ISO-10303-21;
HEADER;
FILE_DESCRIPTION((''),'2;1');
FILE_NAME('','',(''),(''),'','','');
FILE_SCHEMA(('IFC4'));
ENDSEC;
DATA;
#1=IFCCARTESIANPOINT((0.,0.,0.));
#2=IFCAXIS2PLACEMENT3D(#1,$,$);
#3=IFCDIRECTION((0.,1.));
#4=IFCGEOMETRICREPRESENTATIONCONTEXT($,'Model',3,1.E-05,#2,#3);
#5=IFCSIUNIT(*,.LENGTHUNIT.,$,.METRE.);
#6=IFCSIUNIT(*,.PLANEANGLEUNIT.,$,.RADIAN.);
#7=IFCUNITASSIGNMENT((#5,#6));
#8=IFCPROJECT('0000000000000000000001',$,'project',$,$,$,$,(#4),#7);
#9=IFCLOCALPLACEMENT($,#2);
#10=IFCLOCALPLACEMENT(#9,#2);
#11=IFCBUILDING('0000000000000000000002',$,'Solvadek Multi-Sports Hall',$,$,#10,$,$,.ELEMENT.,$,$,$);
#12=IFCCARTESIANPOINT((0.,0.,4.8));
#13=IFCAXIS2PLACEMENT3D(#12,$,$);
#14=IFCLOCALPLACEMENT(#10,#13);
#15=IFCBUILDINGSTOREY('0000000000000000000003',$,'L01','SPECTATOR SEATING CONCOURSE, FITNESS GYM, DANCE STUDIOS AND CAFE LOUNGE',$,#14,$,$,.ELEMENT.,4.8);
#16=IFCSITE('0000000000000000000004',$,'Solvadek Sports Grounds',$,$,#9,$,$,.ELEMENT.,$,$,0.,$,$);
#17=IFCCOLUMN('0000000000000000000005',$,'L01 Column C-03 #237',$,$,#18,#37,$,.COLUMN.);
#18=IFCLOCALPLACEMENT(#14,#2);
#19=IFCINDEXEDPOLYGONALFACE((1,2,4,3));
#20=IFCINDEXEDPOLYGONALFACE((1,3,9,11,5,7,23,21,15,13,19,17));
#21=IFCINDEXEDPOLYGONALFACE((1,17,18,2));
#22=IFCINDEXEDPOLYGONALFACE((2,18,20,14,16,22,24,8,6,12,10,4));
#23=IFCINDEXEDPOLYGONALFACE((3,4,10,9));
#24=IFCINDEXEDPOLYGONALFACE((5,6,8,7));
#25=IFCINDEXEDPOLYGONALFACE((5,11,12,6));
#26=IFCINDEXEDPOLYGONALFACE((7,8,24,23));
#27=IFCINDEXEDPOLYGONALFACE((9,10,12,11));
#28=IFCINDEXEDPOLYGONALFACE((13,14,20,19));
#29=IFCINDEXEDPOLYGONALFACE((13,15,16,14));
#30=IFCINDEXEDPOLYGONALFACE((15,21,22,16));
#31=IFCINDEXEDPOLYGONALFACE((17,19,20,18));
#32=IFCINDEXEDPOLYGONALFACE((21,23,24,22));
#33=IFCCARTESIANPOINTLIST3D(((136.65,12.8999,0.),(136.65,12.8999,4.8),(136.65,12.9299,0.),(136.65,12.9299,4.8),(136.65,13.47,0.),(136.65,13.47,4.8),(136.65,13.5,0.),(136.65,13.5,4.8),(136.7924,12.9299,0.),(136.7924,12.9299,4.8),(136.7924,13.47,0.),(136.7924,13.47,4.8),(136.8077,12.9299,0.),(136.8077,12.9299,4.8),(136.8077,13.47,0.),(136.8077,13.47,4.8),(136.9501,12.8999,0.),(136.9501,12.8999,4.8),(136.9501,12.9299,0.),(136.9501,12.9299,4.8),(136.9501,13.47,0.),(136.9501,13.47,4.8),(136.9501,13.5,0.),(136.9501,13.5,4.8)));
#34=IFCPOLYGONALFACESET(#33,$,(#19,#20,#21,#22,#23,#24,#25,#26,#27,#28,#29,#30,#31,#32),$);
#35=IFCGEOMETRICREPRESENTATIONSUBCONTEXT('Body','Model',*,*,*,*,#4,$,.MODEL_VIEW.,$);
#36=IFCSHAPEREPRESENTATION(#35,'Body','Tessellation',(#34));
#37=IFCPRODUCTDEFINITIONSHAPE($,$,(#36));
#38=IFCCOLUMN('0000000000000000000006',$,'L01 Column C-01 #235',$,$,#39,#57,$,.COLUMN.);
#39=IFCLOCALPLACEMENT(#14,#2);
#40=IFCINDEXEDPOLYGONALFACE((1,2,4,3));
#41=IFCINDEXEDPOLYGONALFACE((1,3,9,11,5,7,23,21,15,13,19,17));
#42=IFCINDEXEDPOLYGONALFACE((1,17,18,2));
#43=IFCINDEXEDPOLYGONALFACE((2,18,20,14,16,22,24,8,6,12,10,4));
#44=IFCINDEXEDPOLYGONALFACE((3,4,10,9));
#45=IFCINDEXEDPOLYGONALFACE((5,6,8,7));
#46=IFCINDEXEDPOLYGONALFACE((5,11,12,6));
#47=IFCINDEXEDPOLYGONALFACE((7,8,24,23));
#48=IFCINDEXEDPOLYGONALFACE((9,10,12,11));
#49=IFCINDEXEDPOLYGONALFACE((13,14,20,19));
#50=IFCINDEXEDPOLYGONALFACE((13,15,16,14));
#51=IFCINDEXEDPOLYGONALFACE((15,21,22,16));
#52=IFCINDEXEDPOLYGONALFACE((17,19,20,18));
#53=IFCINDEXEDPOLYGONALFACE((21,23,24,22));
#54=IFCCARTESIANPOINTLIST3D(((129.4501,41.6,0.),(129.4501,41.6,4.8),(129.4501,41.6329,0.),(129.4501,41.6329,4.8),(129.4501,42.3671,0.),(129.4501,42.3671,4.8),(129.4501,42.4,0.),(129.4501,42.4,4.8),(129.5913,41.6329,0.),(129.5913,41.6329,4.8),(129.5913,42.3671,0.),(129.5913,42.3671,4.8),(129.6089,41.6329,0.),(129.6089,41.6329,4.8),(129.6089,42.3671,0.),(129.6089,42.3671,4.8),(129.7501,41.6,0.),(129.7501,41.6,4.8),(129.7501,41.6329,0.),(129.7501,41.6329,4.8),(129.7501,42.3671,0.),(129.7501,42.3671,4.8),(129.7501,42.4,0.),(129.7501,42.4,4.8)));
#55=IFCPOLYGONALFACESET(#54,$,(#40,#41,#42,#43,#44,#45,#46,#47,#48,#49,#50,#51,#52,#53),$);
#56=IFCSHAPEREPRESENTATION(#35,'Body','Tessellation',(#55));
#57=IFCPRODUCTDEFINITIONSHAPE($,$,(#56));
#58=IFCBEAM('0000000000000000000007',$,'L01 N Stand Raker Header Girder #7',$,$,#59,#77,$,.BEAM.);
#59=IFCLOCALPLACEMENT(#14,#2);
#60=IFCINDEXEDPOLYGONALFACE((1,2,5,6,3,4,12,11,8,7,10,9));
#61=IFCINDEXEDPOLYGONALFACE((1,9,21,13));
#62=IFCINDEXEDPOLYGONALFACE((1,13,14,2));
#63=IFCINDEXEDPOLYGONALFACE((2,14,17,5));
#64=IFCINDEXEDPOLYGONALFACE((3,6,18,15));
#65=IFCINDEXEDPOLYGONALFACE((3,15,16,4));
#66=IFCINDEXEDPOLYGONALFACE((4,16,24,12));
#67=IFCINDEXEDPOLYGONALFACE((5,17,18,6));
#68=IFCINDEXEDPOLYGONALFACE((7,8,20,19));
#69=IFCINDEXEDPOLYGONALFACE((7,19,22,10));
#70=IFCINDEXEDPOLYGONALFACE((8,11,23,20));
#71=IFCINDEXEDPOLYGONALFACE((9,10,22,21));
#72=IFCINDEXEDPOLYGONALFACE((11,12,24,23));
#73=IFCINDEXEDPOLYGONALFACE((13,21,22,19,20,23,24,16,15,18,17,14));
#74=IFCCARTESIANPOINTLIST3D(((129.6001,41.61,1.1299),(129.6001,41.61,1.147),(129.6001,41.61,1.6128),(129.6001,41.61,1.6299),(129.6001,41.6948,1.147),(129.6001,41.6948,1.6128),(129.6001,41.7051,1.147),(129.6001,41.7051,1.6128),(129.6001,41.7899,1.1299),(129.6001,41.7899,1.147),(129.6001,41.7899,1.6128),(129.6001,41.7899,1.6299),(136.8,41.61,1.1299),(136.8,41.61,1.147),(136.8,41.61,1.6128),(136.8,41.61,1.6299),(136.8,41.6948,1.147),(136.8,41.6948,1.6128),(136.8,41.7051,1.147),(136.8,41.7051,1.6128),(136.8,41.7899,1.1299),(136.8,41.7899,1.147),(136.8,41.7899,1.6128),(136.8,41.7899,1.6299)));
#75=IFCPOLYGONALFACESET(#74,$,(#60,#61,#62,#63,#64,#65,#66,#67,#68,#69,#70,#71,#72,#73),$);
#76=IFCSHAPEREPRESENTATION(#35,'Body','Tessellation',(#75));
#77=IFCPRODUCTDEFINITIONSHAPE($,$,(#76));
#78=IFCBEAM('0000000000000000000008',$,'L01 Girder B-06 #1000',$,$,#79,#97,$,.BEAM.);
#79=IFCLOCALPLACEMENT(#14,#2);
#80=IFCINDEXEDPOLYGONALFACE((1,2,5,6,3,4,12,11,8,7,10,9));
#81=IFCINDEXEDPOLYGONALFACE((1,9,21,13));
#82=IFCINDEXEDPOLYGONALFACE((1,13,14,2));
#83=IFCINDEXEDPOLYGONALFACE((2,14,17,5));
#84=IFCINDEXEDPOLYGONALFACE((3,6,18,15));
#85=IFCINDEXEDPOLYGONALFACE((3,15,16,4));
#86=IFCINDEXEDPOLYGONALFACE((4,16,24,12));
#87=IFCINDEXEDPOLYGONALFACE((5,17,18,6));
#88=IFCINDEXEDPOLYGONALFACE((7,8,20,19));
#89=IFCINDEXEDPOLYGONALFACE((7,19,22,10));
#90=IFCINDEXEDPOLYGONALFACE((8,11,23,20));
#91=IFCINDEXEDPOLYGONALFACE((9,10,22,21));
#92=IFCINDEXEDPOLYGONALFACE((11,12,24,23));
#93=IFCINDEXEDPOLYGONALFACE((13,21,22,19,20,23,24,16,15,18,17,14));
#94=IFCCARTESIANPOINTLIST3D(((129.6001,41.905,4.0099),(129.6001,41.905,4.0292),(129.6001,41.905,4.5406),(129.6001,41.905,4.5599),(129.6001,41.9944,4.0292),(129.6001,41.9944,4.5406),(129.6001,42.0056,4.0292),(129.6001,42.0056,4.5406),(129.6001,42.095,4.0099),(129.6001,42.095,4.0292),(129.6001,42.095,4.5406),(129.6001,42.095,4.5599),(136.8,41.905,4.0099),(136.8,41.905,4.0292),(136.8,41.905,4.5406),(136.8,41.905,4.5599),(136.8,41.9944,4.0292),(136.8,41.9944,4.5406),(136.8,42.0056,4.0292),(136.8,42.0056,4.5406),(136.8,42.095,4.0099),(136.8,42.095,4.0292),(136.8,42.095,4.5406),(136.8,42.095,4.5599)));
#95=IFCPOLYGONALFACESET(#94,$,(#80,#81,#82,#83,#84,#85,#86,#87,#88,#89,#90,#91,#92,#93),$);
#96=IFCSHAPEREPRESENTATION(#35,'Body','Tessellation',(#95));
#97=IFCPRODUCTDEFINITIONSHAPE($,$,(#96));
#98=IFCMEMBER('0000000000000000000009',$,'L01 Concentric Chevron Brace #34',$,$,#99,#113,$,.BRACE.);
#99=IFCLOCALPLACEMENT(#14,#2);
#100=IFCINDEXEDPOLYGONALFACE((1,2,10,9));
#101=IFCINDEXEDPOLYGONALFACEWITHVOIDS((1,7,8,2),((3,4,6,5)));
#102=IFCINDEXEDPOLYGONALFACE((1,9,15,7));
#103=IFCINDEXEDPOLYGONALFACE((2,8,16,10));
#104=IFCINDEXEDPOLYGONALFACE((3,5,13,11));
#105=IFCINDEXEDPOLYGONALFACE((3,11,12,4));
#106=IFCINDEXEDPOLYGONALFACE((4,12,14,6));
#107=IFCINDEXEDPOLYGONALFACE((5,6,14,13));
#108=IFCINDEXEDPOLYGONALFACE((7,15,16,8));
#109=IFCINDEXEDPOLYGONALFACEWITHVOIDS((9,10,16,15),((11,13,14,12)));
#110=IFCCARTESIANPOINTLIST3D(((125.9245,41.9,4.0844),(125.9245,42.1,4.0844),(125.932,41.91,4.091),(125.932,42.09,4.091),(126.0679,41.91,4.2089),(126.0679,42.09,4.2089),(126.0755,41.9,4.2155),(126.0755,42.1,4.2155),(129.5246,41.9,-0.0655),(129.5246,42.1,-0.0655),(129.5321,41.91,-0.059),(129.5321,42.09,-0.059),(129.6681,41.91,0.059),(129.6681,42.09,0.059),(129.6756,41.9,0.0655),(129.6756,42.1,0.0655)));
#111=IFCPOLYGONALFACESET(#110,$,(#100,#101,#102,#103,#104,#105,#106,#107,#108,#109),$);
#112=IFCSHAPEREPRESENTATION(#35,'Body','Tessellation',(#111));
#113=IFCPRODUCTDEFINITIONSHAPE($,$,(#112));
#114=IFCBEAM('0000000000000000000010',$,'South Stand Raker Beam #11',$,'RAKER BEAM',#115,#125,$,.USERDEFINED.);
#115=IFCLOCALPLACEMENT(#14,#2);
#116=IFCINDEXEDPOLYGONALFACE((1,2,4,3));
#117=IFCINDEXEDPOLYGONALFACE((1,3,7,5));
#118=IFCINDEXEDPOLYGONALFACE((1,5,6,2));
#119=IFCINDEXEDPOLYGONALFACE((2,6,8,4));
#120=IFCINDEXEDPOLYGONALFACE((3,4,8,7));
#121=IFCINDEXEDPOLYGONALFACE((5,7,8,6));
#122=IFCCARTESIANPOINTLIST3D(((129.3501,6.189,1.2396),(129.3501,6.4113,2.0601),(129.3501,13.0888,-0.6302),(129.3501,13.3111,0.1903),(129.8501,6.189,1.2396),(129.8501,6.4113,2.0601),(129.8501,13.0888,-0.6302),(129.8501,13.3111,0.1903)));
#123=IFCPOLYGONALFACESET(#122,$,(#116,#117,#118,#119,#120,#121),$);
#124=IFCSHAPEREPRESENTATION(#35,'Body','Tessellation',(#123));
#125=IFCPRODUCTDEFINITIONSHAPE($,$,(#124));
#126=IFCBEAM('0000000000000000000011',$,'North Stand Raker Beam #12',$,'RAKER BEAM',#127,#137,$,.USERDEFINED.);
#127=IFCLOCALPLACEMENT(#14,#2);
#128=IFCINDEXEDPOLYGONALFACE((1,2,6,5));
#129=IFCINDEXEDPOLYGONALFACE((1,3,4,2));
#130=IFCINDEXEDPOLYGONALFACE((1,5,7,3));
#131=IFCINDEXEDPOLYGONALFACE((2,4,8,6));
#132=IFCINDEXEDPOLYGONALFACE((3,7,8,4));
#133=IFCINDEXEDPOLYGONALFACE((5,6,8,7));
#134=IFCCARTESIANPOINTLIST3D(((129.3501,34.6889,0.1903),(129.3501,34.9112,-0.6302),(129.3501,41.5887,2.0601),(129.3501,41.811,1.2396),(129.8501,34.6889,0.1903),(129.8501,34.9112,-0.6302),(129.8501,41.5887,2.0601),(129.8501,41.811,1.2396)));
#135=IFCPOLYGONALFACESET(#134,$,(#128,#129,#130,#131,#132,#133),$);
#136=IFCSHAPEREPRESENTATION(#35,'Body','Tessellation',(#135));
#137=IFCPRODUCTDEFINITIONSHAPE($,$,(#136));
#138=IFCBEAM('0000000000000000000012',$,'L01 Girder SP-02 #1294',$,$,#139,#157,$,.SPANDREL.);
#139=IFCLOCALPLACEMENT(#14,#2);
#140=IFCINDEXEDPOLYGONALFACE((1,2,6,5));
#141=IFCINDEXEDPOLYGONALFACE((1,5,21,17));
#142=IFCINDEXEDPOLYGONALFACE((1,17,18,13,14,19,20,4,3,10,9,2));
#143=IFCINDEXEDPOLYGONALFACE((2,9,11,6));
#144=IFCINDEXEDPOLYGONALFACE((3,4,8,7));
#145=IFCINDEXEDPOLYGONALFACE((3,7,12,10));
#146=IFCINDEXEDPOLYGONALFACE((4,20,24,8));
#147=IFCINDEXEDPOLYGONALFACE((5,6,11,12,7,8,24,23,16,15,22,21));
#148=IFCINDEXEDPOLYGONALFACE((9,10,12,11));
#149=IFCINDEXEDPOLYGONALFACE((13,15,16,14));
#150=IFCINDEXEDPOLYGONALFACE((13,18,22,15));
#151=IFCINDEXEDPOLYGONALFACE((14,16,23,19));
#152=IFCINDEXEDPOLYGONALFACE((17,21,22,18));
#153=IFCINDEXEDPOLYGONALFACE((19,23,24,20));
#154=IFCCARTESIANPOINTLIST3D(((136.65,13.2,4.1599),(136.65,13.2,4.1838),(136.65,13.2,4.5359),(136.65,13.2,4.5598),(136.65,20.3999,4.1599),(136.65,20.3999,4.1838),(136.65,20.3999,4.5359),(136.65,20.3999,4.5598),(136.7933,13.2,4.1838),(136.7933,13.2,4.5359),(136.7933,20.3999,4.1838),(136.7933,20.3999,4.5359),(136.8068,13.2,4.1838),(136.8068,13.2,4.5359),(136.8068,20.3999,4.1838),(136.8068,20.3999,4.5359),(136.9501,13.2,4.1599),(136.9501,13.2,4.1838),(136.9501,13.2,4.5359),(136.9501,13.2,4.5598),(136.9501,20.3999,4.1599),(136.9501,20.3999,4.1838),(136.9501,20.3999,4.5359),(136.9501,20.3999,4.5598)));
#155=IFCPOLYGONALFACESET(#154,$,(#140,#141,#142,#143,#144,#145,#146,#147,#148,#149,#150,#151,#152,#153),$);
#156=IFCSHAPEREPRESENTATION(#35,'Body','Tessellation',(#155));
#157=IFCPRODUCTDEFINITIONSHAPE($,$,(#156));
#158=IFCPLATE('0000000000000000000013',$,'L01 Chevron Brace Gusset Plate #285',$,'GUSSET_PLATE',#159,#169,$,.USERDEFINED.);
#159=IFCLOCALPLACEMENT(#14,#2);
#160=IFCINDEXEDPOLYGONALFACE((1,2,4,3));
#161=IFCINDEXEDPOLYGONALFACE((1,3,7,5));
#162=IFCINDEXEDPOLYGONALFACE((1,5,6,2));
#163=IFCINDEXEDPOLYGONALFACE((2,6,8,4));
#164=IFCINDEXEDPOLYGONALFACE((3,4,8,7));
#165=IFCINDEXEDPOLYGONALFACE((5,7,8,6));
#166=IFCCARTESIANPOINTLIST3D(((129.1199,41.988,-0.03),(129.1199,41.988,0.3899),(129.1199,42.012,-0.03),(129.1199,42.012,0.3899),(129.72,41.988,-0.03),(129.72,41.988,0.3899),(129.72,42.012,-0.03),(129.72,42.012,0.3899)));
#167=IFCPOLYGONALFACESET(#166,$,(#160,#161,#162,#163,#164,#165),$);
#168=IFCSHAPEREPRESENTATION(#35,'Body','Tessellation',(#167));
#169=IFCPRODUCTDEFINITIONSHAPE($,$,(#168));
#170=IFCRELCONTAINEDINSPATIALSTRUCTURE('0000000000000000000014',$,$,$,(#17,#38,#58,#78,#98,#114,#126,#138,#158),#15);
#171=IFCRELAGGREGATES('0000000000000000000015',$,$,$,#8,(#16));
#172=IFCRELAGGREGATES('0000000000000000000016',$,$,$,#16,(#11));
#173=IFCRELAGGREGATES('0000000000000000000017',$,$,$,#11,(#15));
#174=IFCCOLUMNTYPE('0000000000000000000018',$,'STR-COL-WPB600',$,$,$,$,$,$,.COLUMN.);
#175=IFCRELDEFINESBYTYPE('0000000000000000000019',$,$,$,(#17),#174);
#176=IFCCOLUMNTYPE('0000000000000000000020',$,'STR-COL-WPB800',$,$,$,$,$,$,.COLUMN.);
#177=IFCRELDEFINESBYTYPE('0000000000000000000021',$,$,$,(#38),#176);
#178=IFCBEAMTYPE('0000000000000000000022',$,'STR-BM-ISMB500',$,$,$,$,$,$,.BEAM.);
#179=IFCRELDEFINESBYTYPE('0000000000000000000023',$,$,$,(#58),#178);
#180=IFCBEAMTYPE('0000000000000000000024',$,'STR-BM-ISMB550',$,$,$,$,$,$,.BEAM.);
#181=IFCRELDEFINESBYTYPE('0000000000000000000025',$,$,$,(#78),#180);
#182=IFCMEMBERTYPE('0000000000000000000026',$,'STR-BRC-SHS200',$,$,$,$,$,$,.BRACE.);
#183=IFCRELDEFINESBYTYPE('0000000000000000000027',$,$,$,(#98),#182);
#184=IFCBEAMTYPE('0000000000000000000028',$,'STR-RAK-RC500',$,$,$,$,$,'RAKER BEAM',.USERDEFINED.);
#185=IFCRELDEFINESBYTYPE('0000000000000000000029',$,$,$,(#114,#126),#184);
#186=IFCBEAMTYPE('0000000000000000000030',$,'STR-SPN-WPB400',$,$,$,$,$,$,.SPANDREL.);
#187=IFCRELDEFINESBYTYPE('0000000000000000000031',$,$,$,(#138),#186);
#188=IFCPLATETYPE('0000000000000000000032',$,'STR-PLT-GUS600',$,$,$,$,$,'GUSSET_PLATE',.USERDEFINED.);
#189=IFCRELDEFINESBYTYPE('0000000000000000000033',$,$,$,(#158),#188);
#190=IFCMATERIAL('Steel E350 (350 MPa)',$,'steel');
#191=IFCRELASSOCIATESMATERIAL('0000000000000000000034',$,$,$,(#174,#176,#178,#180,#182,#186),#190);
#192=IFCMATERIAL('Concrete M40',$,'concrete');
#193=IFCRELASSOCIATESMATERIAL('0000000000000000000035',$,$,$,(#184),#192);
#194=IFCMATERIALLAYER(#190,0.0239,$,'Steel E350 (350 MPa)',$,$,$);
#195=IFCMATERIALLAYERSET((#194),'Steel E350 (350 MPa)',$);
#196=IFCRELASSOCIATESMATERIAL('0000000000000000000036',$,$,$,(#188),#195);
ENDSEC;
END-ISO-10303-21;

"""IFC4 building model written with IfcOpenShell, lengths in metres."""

from ifc_helpers import new_model, si_unit, direction, frame, origin, origin_2d, place, context, subcontext, project, spatial, rectangle, hollow_rectangle, i_section, extrude, material, layer, layer_set, material_profile, profile_set, type_object, element, save


model = new_model("IFC4")

# Units and contexts
model_context = context("Model", 3, precision=1e-05, world=origin(), true_north=direction((0.0, 1.0)))
body_context = subcontext(model_context, "Body", "Model", "MODEL_VIEW")
ifc_project = project(units=[si_unit("LENGTHUNIT", "METRE"), si_unit("PLANEANGLEUNIT", "RADIAN")], contexts=[model_context])

# Site, building, storey
site_placement = place(None, origin())
site = spatial("IfcSite", under=ifc_project, at=site_placement, Name="Solvadek Sports Grounds", CompositionType="ELEMENT", RefElevation=0.0)
building_placement = place(site_placement, origin())
building = spatial("IfcBuilding", under=site, at=building_placement, Name="Solvadek Multi-Sports Hall", CompositionType="ELEMENT")
storey_placement = place(building_placement, frame((0.0, 0.0, 4.8)))
storey = spatial("IfcBuildingStorey", under=building, at=storey_placement, Name="L01", Description="SPECTATOR SEATING CONCOURSE, FITNESS GYM, DANCE STUDIOS AND CAFE LOUNGE", CompositionType="ELEMENT", Elevation=4.8)

# Columns
ifc_material_1 = material(Name="Steel E350 (350 MPa)", Category="steel")
ifc_material_profile_1 = material_profile(ifc_material_1, i_section(OverallWidth=0.3, OverallDepth=0.6001, WebThickness=0.0154, FlangeThickness=0.03, at=origin_2d()), Name="WPB 600")
ifc_profile_set_1 = profile_set([ifc_material_profile_1], Name="Steel E350 (350 MPa)")
column_type_1 = type_object("IfcColumnType", Name="STR-COL-WPB600", PredefinedType="COLUMN", material=ifc_profile_set_1)
column_1_placement = place(storey_placement, frame((136.8, 13.2, 0.0), z_axis=(0.0, 0.0, 1.0), x_axis=(1.0, 0.0, 0.0)))
element("IfcColumn", 1, at=column_1_placement, inside=storey, type_object=column_type_1, Name="L01 Column C-03 #237", PredefinedType="COLUMN", context=body_context, shape_type="SweptSolid", body=[
    extrude(i_section(OverallWidth=0.3, OverallDepth=0.6001, WebThickness=0.0154, FlangeThickness=0.03, at=origin_2d()), origin(), (0.0, 0.0, 1.0), 4.8),
])
ifc_material_profile_2 = material_profile(ifc_material_1, i_section(OverallWidth=0.3, OverallDepth=0.8, WebThickness=0.0176, FlangeThickness=0.033, at=origin_2d()), Name="WPB 800")
ifc_profile_set_2 = profile_set([ifc_material_profile_2], Name="Steel E350 (350 MPa)")
column_type_2 = type_object("IfcColumnType", Name="STR-COL-WPB800", PredefinedType="COLUMN", material=ifc_profile_set_2)
column_2_placement = place(storey_placement, frame((129.6001, 42.0, 0.0), z_axis=(0.0, 0.0, 1.0), x_axis=(1.0, 0.0, 0.0)))
element("IfcColumn", 2, at=column_2_placement, inside=storey, type_object=column_type_2, Name="L01 Column C-01 #235", PredefinedType="COLUMN", context=body_context, shape_type="SweptSolid", body=[
    extrude(i_section(OverallWidth=0.3, OverallDepth=0.8, WebThickness=0.0176, FlangeThickness=0.033, at=origin_2d()), origin(), (0.0, 0.0, 1.0), 4.8),
])

# Beams
ifc_material_profile_3 = material_profile(ifc_material_1, i_section(OverallWidth=0.1799, OverallDepth=0.5, WebThickness=0.0103, FlangeThickness=0.0171, at=origin_2d()), Name="ISMB 500")
ifc_profile_set_3 = profile_set([ifc_material_profile_3], Name="Steel E350 (350 MPa)")
beam_type_1 = type_object("IfcBeamType", Name="STR-BM-ISMB500", PredefinedType="BEAM", material=ifc_profile_set_3)
beam_1_placement = place(storey_placement, frame((129.6001, 41.7, 1.3799), z_axis=(1.0, 0.0, 0.0), x_axis=(0.0, 1.0, 0.0)))
element("IfcBeam", 3, at=beam_1_placement, inside=storey, type_object=beam_type_1, Name="L01 N Stand Raker Header Girder #7", PredefinedType="BEAM", context=body_context, shape_type="SweptSolid", body=[
    extrude(i_section(OverallWidth=0.1799, OverallDepth=0.5, WebThickness=0.0103, FlangeThickness=0.0171, at=origin_2d()), origin(), (0.0, 0.0, 1.0), 7.2),
])
ifc_material_profile_4 = material_profile(ifc_material_1, i_section(OverallWidth=0.1899, OverallDepth=0.55, WebThickness=0.0112, FlangeThickness=0.0193, at=origin_2d()), Name="ISMB 550")
ifc_profile_set_4 = profile_set([ifc_material_profile_4], Name="Steel E350 (350 MPa)")
beam_type_2 = type_object("IfcBeamType", Name="STR-BM-ISMB550", PredefinedType="BEAM", material=ifc_profile_set_4)
beam_2_placement = place(storey_placement, frame((129.6001, 42.0, 4.2849), z_axis=(1.0, 0.0, 0.0), x_axis=(0.0, 1.0, 0.0)))
element("IfcBeam", 4, at=beam_2_placement, inside=storey, type_object=beam_type_2, Name="L01 Girder B-06 #1000", PredefinedType="BEAM", context=body_context, shape_type="SweptSolid", body=[
    extrude(i_section(OverallWidth=0.1899, OverallDepth=0.55, WebThickness=0.0112, FlangeThickness=0.0193, at=origin_2d()), origin(), (0.0, 0.0, 1.0), 7.2),
])

# Member
ifc_material_profile_5 = material_profile(ifc_material_1, hollow_rectangle(XDim=0.2, YDim=0.2, WallThickness=0.01, at=origin_2d()), Name="SHS 200x200x10")
ifc_profile_set_5 = profile_set([ifc_material_profile_5], Name="Steel E350 (350 MPa)")
member_type = type_object("IfcMemberType", Name="STR-BRC-SHS200", PredefinedType="BRACE", material=ifc_profile_set_5)
member_placement = place(storey_placement, frame((129.6001, 42.0, 0.0), z_axis=(-0.655296, 0.0, 0.755372), x_axis=(0.0, -1.0, 0.0)))
element("IfcMember", 5, at=member_placement, inside=storey, type_object=member_type, Name="L01 Concentric Chevron Brace #34", PredefinedType="BRACE", context=body_context, shape_type="SweptSolid", body=[
    extrude(hollow_rectangle(XDim=0.2, YDim=0.2, WallThickness=0.01, at=origin_2d()), origin(), (0.0, 0.0, 1.0), 5.4939),
])

# Beams
ifc_material_2 = material(Name="Concrete M40", Category="concrete")
ifc_material_profile_6 = material_profile(ifc_material_2, rectangle(XDim=0.5, YDim=0.8501, at=origin_2d()), Name="RC RAKER 500x850")
ifc_profile_set_6 = profile_set([ifc_material_profile_6], Name="Concrete M40")
beam_type_3 = type_object("IfcBeamType", Name="STR-RAK-RC500", ElementType="RAKER BEAM", PredefinedType="USERDEFINED", material=ifc_profile_set_6)
for number, where, z_axis, x_axis, name in (
    (6, (129.6001, 13.2, -0.22), (0.0, -0.965186, 0.261565), (1.0, 0.0, 0.0), "South Stand Raker Beam #11"),
    (7, (129.6001, 34.8, -0.22), (0.0, 0.965186, 0.261565), (-1.0, 0.0, 0.0), "North Stand Raker Beam #12"),
):
    element("IfcBeam", number, at=place(storey_placement, frame(where, z_axis=z_axis, x_axis=x_axis)), inside=storey, type_object=beam_type_3, Name=name, ObjectType="RAKER BEAM", PredefinedType="USERDEFINED", context=body_context, shape_type="SweptSolid", body=[
        extrude(rectangle(XDim=0.5, YDim=0.8501, at=origin_2d()), origin(), (0.0, 0.0, 1.0), 7.1487),
    ])
ifc_material_profile_7 = material_profile(ifc_material_1, i_section(OverallWidth=0.3, OverallDepth=0.3999, WebThickness=0.0134, FlangeThickness=0.0239, at=origin_2d()), Name="WPB 400")
ifc_profile_set_7 = profile_set([ifc_material_profile_7], Name="Steel E350 (350 MPa)")
beam_type_4 = type_object("IfcBeamType", Name="STR-SPN-WPB400", PredefinedType="SPANDREL", material=ifc_profile_set_7)
beam_3_placement = place(storey_placement, frame((136.8, 13.2, 4.3599), z_axis=(0.0, 1.0, 0.0), x_axis=(-1.0, 0.0, 0.0)))
element("IfcBeam", 8, at=beam_3_placement, inside=storey, type_object=beam_type_4, Name="L01 Girder SP-02 #1294", PredefinedType="SPANDREL", context=body_context, shape_type="SweptSolid", body=[
    extrude(i_section(OverallWidth=0.3, OverallDepth=0.3999, WebThickness=0.0134, FlangeThickness=0.0239, at=origin_2d()), origin(), (0.0, 0.0, 1.0), 7.2),
])

# Plate
ifc_layer_1 = layer(ifc_material_1, 0.0239, Name="Steel E350 (350 MPa)")
ifc_layer_set_1 = layer_set([ifc_layer_1], Name="Steel E350 (350 MPa)")
plate_type = type_object("IfcPlateType", Name="STR-PLT-GUS600", ElementType="GUSSET_PLATE", PredefinedType="USERDEFINED", material=ifc_layer_set_1)
plate_placement = place(storey_placement, frame((129.4199, 42.0, -0.03), z_axis=(0.0, 0.0, 1.0), x_axis=(1.0, 0.0, 0.0)))
element("IfcPlate", 9, at=plate_placement, inside=storey, type_object=plate_type, Name="L01 Chevron Brace Gusset Plate #285", ObjectType="GUSSET_PLATE", PredefinedType="USERDEFINED", context=body_context, shape_type="SweptSolid", body=[
    extrude(rectangle(XDim=0.6001, YDim=0.0239, at=origin_2d()), origin(), (0.0, 0.0, 1.0), 0.4199),
])

save(model, "model.ifc")
